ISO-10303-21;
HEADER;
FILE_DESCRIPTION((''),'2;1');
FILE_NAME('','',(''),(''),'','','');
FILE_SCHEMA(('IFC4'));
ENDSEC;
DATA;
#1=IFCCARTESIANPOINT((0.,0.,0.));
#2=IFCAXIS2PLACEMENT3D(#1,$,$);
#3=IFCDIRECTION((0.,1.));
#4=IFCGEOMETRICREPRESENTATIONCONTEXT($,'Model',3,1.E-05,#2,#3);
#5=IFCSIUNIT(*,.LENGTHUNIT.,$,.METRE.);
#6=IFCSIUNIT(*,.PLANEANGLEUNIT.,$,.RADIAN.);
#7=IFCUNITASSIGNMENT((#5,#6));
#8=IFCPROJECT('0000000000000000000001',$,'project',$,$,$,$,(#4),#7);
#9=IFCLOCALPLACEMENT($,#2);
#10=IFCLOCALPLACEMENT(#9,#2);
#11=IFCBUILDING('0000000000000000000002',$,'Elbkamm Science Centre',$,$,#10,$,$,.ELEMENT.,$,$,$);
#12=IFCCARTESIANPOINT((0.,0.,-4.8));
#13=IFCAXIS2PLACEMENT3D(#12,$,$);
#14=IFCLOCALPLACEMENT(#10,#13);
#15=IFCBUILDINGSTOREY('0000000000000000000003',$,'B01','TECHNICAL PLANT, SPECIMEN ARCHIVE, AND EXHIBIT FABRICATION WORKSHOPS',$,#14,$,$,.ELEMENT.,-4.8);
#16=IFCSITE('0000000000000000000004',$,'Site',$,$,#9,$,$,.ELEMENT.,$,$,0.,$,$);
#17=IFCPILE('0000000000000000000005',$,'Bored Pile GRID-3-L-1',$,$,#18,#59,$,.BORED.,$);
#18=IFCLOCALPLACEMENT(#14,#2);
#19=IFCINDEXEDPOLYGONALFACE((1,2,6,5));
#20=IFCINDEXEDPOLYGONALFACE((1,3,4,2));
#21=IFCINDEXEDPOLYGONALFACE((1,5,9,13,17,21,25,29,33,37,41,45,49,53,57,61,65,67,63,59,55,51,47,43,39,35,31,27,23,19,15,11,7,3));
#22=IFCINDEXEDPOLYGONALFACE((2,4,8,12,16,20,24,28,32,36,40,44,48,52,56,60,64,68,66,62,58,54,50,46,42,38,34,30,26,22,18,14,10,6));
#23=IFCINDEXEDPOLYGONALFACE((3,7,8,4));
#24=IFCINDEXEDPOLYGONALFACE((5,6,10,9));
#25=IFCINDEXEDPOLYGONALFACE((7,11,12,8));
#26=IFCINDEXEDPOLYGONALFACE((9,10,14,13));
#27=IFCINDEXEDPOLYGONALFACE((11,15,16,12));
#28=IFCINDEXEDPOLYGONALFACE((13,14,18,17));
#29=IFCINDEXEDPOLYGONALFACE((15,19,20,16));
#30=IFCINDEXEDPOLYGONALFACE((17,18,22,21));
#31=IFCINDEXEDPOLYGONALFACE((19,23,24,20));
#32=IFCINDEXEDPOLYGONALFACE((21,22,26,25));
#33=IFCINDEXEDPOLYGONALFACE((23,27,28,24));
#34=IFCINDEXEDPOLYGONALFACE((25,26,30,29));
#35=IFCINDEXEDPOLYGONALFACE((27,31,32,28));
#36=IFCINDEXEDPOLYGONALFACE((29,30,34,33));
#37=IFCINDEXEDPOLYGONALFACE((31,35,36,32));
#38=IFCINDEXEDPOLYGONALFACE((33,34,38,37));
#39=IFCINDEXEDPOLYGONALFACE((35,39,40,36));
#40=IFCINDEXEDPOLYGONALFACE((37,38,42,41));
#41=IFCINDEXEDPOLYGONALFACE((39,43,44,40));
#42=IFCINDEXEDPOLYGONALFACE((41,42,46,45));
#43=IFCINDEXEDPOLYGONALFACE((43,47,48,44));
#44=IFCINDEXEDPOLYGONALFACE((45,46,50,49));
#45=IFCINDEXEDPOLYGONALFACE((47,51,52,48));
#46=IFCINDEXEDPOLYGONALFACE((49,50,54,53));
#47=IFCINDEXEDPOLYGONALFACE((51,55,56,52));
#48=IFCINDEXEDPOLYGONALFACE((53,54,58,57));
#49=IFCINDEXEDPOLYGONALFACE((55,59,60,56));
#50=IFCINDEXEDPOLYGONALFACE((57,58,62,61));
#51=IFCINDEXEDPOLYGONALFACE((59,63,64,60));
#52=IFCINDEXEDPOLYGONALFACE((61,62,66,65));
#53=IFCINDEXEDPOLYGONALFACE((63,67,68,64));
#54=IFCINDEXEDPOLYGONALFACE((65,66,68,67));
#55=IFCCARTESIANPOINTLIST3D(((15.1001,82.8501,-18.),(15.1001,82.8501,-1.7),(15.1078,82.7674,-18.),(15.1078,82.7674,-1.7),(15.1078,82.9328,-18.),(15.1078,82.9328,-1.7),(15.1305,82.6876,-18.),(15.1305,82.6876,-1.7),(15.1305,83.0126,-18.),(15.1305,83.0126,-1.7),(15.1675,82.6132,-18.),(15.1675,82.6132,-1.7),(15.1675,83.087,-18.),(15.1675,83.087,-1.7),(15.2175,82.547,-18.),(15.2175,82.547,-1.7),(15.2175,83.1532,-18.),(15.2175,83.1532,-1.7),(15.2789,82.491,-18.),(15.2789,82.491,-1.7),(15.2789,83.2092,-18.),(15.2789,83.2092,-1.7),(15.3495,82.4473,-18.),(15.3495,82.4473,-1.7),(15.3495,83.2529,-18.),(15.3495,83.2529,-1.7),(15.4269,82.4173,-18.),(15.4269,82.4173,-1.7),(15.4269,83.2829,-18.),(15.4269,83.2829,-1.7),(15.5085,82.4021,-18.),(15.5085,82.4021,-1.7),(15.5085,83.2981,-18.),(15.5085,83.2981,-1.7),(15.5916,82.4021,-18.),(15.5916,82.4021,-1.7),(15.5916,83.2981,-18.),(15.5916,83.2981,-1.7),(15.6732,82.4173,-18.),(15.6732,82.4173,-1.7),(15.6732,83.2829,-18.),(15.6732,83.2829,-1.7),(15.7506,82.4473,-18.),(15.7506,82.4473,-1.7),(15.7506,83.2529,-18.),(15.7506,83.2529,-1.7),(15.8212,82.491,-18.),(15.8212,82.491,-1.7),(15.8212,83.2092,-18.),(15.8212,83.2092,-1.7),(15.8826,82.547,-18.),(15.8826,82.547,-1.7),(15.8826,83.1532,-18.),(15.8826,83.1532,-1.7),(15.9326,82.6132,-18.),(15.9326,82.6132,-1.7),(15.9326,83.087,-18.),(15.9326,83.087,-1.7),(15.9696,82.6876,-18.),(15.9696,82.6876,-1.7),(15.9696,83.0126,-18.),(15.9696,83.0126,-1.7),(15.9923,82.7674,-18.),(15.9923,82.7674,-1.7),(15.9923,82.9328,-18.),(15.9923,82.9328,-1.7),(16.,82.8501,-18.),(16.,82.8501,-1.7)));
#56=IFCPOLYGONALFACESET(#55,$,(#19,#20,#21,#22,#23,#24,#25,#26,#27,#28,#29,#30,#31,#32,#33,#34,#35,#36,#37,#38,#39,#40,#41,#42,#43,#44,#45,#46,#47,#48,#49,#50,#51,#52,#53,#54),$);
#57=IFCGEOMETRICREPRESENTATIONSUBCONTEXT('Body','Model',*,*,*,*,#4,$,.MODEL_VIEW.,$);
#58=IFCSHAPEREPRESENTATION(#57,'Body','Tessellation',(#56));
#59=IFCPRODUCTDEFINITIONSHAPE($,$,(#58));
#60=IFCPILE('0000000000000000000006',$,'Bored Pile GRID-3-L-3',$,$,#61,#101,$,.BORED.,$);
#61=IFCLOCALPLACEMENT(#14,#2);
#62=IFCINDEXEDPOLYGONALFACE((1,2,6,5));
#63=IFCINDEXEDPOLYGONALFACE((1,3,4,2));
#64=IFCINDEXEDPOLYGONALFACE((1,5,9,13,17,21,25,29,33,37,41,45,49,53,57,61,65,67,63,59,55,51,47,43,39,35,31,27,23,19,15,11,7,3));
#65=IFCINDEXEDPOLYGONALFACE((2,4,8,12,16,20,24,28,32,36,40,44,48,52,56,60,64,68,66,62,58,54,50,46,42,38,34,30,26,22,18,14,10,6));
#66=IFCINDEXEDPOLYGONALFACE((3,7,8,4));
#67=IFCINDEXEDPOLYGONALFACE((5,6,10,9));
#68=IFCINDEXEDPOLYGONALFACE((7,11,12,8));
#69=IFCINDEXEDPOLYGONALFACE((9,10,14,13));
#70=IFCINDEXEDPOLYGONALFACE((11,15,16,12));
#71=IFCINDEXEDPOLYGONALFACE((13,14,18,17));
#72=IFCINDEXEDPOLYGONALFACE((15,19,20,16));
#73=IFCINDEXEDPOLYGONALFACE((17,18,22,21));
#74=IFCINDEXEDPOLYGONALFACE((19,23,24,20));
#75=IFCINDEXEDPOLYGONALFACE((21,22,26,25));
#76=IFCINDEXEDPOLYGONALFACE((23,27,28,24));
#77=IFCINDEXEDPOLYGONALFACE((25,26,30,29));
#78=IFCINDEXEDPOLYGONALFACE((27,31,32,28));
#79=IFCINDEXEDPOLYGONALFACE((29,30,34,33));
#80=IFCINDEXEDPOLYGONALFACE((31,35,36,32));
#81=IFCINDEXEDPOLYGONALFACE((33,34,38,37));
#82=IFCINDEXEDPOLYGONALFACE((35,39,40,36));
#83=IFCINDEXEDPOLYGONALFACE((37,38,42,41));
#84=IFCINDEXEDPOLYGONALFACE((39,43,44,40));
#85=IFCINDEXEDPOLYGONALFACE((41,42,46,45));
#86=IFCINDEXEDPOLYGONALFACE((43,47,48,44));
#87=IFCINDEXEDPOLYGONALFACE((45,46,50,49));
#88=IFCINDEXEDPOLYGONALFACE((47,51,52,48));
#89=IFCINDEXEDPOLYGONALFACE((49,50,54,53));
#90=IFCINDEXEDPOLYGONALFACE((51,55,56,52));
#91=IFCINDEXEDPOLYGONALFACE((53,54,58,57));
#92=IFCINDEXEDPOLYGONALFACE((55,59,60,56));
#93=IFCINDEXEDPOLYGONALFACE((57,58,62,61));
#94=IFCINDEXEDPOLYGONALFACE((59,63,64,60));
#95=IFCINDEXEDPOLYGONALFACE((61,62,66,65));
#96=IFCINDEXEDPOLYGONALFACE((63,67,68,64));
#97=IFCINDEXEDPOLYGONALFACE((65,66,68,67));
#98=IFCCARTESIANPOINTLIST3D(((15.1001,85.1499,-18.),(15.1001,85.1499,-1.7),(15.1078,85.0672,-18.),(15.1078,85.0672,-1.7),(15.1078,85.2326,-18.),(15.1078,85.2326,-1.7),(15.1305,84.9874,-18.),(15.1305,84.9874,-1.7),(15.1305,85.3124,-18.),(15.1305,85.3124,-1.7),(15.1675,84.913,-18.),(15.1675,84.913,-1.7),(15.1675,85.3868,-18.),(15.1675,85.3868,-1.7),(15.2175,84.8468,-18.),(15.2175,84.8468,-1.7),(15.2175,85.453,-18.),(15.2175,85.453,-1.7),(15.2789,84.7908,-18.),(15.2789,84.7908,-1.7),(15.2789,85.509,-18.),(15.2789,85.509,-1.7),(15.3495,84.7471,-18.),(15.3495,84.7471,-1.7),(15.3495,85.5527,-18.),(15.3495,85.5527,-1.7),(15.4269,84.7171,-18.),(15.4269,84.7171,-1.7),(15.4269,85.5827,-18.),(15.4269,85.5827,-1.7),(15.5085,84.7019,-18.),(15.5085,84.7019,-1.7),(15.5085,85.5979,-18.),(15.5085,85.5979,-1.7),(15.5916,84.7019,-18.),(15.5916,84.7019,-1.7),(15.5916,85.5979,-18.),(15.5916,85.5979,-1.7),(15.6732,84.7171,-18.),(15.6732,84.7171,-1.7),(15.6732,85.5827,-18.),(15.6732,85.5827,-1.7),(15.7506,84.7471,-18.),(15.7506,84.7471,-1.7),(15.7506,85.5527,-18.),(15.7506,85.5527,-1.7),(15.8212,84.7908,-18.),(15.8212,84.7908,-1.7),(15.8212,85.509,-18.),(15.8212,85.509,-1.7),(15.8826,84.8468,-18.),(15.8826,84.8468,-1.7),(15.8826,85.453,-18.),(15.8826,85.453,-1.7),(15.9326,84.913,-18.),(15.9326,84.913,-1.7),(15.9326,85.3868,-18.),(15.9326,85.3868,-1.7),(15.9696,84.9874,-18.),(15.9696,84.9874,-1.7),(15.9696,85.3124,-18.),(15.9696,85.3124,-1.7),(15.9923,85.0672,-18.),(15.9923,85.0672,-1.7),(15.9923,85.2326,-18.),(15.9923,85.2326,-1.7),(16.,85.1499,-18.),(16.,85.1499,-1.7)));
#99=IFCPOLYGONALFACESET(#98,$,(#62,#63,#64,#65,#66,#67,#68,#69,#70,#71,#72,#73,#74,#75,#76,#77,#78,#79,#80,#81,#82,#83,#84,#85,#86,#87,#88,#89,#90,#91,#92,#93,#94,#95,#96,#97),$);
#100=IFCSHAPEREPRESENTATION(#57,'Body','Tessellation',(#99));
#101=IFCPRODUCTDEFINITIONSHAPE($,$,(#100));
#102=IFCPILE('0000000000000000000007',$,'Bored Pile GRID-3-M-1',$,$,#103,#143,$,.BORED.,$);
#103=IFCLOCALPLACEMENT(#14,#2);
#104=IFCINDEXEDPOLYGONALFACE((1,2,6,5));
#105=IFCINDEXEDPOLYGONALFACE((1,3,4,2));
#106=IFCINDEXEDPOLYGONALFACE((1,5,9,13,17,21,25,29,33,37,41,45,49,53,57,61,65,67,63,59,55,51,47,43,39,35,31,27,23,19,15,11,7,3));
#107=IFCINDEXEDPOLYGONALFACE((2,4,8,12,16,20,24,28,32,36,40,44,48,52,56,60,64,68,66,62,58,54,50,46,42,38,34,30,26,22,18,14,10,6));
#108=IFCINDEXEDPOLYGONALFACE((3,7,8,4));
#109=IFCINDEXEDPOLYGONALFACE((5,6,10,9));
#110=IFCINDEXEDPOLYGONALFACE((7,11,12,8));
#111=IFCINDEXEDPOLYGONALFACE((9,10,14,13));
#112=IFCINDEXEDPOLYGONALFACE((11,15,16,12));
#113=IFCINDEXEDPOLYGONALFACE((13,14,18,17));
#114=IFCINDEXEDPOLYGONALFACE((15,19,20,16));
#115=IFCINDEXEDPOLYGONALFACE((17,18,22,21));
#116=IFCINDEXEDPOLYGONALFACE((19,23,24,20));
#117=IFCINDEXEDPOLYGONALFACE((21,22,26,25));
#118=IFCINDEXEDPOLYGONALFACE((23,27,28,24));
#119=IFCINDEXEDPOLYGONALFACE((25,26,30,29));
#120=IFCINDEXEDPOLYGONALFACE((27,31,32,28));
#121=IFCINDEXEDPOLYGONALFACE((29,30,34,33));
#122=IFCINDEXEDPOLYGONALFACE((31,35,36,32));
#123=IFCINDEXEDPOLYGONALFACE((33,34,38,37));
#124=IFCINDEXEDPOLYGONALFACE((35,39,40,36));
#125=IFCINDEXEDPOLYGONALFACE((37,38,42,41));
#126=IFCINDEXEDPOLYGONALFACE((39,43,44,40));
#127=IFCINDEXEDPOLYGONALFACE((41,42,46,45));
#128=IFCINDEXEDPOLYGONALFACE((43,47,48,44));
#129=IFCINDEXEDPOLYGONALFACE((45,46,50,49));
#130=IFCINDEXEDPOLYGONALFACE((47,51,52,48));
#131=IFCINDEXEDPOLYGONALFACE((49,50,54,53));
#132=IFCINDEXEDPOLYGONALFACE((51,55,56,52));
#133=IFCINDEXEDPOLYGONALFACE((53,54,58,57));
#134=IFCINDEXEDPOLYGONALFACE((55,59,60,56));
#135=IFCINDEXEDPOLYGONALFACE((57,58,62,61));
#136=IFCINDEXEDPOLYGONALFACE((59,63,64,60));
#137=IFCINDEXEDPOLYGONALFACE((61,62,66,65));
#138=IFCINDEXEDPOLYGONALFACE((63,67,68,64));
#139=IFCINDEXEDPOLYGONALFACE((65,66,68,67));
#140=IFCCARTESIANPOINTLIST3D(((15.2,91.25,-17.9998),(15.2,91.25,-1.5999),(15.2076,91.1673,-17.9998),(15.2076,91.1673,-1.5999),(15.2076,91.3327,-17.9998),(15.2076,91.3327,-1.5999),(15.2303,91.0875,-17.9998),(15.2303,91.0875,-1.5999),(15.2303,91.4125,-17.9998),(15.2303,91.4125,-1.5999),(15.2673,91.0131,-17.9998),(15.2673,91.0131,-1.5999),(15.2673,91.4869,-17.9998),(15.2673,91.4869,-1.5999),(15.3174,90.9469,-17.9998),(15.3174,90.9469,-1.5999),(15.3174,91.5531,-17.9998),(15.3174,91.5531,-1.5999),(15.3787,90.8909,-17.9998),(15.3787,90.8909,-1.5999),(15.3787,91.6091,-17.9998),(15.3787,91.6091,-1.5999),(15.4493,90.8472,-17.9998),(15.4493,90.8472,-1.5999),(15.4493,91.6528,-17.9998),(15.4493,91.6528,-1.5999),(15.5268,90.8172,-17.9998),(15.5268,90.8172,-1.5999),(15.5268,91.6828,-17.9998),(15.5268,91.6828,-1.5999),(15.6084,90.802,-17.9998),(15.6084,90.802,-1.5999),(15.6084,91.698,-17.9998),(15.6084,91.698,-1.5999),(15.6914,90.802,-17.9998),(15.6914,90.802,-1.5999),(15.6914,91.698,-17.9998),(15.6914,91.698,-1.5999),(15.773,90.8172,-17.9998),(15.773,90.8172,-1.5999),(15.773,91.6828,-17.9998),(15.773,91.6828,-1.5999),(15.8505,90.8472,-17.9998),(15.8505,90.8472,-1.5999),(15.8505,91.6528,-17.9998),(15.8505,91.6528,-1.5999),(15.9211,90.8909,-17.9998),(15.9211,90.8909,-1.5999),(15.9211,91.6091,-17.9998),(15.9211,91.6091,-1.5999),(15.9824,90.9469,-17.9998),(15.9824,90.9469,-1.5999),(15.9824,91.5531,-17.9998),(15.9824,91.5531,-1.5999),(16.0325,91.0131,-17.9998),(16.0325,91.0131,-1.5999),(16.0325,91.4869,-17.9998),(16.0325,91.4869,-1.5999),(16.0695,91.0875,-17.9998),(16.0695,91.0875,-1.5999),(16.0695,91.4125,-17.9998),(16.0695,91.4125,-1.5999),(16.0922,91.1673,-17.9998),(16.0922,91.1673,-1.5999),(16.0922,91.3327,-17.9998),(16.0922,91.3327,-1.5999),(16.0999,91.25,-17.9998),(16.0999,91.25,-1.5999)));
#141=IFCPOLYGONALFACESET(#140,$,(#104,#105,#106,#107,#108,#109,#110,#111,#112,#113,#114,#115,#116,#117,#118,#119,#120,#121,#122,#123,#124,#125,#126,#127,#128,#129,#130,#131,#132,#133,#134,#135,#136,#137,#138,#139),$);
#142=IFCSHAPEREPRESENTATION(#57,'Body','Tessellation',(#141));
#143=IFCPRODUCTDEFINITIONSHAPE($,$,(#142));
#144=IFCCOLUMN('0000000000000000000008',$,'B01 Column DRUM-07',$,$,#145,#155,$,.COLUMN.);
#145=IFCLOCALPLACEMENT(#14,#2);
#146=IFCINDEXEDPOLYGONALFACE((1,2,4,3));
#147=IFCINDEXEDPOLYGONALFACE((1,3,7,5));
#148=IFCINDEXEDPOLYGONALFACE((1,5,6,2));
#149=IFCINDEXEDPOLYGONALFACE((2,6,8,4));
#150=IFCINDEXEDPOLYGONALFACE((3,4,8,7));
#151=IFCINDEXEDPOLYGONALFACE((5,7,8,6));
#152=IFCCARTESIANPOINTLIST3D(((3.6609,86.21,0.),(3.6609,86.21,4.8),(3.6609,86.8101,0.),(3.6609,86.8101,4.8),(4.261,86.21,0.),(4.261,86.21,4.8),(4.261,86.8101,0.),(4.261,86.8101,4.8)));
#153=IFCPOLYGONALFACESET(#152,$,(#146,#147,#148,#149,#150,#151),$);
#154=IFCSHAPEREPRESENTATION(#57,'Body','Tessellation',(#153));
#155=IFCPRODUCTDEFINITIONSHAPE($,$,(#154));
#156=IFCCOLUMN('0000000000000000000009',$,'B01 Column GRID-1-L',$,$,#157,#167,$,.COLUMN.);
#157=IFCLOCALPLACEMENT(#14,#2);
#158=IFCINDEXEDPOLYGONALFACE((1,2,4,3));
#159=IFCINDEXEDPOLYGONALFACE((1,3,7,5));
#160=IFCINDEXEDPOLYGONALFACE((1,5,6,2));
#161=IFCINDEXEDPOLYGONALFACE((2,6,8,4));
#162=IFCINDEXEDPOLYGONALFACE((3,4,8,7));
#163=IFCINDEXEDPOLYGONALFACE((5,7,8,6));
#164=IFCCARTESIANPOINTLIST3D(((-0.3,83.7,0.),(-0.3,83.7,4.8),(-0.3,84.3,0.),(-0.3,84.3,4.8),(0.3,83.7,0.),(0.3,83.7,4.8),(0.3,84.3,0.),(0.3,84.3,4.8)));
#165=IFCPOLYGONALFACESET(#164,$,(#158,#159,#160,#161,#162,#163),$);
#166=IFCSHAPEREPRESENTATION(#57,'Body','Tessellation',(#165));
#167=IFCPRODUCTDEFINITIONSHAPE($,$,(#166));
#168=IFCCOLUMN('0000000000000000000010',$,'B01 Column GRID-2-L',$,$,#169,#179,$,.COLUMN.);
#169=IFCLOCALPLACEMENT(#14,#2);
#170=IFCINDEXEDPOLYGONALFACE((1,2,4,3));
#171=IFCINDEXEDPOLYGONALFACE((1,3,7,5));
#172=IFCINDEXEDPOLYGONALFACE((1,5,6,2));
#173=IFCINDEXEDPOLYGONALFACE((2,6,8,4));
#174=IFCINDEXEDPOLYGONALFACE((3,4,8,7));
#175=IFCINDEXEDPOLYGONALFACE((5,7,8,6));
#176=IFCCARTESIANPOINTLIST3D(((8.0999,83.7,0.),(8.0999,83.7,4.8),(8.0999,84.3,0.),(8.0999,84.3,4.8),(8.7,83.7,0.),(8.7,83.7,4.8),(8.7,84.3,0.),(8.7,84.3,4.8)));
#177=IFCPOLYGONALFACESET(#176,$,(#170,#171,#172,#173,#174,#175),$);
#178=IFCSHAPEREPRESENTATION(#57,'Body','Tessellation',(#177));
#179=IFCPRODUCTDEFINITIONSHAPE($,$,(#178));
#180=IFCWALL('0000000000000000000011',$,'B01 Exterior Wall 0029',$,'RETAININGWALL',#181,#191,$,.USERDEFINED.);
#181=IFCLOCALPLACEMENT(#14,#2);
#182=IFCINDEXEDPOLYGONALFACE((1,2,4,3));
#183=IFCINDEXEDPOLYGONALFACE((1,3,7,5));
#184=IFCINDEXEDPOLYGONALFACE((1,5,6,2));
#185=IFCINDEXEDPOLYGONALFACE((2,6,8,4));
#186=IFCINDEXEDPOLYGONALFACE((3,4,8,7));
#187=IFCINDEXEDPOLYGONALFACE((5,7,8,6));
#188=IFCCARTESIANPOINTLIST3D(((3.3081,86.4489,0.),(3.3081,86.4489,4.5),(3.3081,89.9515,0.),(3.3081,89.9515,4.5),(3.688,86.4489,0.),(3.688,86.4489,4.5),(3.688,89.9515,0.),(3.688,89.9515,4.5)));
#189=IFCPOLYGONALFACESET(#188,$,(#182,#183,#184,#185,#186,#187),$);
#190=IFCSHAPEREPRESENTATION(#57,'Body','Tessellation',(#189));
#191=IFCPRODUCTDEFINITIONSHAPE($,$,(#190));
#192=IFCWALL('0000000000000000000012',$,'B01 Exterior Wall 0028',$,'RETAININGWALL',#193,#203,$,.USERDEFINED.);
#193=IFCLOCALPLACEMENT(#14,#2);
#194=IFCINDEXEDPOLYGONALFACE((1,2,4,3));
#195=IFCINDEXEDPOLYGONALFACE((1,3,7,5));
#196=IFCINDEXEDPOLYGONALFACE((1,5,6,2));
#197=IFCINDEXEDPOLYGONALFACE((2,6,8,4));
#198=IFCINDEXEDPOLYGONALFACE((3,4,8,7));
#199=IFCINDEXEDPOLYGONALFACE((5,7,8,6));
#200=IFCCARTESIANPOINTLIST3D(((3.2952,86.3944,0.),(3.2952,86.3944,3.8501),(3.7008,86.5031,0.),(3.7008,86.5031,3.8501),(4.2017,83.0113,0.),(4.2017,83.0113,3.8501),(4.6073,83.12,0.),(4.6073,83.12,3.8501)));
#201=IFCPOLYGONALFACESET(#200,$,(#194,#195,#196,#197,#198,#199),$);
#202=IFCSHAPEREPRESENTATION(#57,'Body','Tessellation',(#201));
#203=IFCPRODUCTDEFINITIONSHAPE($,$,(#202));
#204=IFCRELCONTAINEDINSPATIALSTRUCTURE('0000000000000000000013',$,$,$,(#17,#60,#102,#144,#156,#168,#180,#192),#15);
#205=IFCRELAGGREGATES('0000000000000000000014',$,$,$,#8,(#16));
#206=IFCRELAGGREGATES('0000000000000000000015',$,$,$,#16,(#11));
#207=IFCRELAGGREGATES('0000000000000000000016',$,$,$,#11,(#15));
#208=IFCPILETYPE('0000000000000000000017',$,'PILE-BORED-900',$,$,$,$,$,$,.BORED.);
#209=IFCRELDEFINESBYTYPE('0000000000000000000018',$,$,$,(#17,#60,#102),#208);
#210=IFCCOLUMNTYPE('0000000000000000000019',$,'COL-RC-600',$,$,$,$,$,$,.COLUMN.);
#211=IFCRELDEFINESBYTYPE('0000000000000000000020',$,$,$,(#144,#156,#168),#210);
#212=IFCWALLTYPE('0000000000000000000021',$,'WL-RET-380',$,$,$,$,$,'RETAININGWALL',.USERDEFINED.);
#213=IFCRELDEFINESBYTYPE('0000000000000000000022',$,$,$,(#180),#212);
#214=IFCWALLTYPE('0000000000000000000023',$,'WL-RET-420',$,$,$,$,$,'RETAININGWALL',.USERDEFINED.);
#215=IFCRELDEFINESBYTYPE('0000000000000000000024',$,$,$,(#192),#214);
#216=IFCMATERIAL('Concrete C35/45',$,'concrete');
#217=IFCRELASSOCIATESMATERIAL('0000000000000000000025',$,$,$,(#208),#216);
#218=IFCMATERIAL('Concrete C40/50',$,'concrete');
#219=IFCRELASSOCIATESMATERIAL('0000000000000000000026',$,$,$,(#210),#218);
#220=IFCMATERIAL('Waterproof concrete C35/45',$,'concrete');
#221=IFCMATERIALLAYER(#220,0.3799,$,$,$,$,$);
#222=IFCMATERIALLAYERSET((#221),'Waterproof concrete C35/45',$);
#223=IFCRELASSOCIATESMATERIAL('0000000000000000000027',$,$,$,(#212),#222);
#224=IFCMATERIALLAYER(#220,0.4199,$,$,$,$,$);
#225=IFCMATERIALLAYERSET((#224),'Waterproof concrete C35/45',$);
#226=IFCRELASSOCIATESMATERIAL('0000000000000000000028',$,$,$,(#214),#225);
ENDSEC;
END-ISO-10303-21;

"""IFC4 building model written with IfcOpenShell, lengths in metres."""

from ifc_helpers import new_model, si_unit, direction, frame, frame_2d, origin, origin_2d, place, context, subcontext, project, spatial, rectangle, circle, extrude, material, layer, layer_set, material_profile, profile_set, type_object, element, save


model = new_model("IFC4")

# Units and contexts
model_context = context("Model", 3, precision=1e-05, world=origin(), true_north=direction((0.0, 1.0)))
body_context = subcontext(model_context, "Body", "Model", "MODEL_VIEW")
ifc_project = project(units=[si_unit("LENGTHUNIT", "METRE"), si_unit("PLANEANGLEUNIT", "RADIAN")], contexts=[model_context])

# Site, building, storey
site_placement = place(None, origin())
site = spatial("IfcSite", under=ifc_project, at=site_placement, Name="Site", CompositionType="ELEMENT", RefElevation=0.0)
building_placement = place(site_placement, origin())
building = spatial("IfcBuilding", under=site, at=building_placement, Name="Elbkamm Science Centre", CompositionType="ELEMENT")
storey_placement = place(building_placement, frame((0.0, 0.0, -4.8)))
storey = spatial("IfcBuildingStorey", under=building, at=storey_placement, Name="B01", Description="TECHNICAL PLANT, SPECIMEN ARCHIVE, AND EXHIBIT FABRICATION WORKSHOPS", CompositionType="ELEMENT", Elevation=-4.8)

# Shared definitions
ifc_material_1 = material(Name="Concrete C35/45", Category="concrete")

# Piles
ifc_material_profile_1 = material_profile(ifc_material_1, circle(Radius=0.45, at=origin_2d()), Name="PILE D900")
ifc_profile_set_1 = profile_set([ifc_material_profile_1], Name="Concrete C35/45")
pile_type = type_object("IfcPileType", Name="PILE-BORED-900", PredefinedType="BORED", material=ifc_profile_set_1)
for number, where, z_axis, x_axis, name in (
    (1, (15.55, 82.8501, -1.7), (0.0, 0.0, -1.0), (1.0, 0.0, 0.0), "Bored Pile GRID-3-L-1"),
    (2, (15.55, 85.1499, -1.7), (0.0, 0.0, -1.0), (1.0, 0.0, 0.0), "Bored Pile GRID-3-L-3"),
):
    element("IfcPile", number, at=place(storey_placement, frame(where, z_axis=z_axis, x_axis=x_axis)), inside=storey, type_object=pile_type, Name=name, PredefinedType="BORED", context=body_context, shape_type="SweptSolid", body=[
        extrude(circle(Radius=0.45, at=origin_2d()), origin(), (0.0, 0.0, 1.0), 16.3),
    ])
pile_1_placement = place(storey_placement, frame((15.6499, 91.25, -1.5999), z_axis=(0.0, 0.0, -1.0), x_axis=(1.0, 0.0, 0.0)))
element("IfcPile", 3, at=pile_1_placement, inside=storey, type_object=pile_type, Name="Bored Pile GRID-3-M-1", PredefinedType="BORED", context=body_context, shape_type="SweptSolid", body=[
    extrude(circle(Radius=0.45, at=origin_2d()), origin(), (0.0, 0.0, 1.0), 16.3999),
])

# Columns
ifc_material_2 = material(Name="Concrete C40/50", Category="concrete")
ifc_material_profile_2 = material_profile(ifc_material_2, rectangle(XDim=0.6001, YDim=0.6001, at=origin_2d()), Name="RC 600x600")
ifc_profile_set_2 = profile_set([ifc_material_profile_2], Name="Concrete C40/50")
column_type = type_object("IfcColumnType", Name="COL-RC-600", PredefinedType="COLUMN", material=ifc_profile_set_2)
for number, where, z_axis, x_axis, name in (
    (4, (3.9609, 86.51, 0.0), (0.0, 0.0, 1.0), (1.0, 0.0, 0.0), "B01 Column DRUM-07"),
    (5, (0.0, 84.0, 0.0), (0.0, 0.0, 1.0), (1.0, 0.0, 0.0), "B01 Column GRID-1-L"),
    (6, (8.3999, 84.0, 0.0), (0.0, 0.0, 1.0), (1.0, 0.0, 0.0), "B01 Column GRID-2-L"),
):
    element("IfcColumn", number, at=place(storey_placement, frame(where, z_axis=z_axis, x_axis=x_axis)), inside=storey, type_object=column_type, Name=name, PredefinedType="COLUMN", context=body_context, shape_type="SweptSolid", body=[
        extrude(rectangle(XDim=0.6001, YDim=0.6001, at=origin_2d()), origin(), (0.0, 0.0, 1.0), 4.8),
    ])

# Walls
ifc_material_3 = material(Name="Waterproof concrete C35/45", Category="concrete")
ifc_layer_1 = layer(ifc_material_3, 0.3799)
ifc_layer_set_1 = layer_set([ifc_layer_1], Name="Waterproof concrete C35/45")
wall_type_1 = type_object("IfcWallType", Name="WL-RET-380", ElementType="RETAININGWALL", PredefinedType="USERDEFINED", material=ifc_layer_set_1)
wall_1_placement = place(storey_placement, frame((3.498, 86.4487, 0.0), z_axis=(0.0, 0.0, 1.0), x_axis=(0.0, 1.0, 0.0)))
element("IfcWall", 7, at=wall_1_placement, inside=storey, type_object=wall_type_1, Name="B01 Exterior Wall 0029", ObjectType="RETAININGWALL", PredefinedType="USERDEFINED", context=body_context, shape_type="SweptSolid", body=[
    extrude(rectangle(XDim=3.5027, YDim=0.3799, at=frame_2d((1.7515, 0.0))), origin(), (0.0, 0.0, 1.0), 4.5),
])
ifc_layer_2 = layer(ifc_material_3, 0.4199)
ifc_layer_set_2 = layer_set([ifc_layer_2], Name="Waterproof concrete C35/45")
wall_type_2 = type_object("IfcWallType", Name="WL-RET-420", ElementType="RETAININGWALL", PredefinedType="USERDEFINED", material=ifc_layer_set_2)
wall_2_placement = place(storey_placement, frame((4.4045, 83.0657, 0.0), z_axis=(0.0, 0.0, 1.0), x_axis=(-0.258821, 0.965925, 0.0)))
element("IfcWall", 8, at=wall_2_placement, inside=storey, type_object=wall_type_2, Name="B01 Exterior Wall 0028", ObjectType="RETAININGWALL", PredefinedType="USERDEFINED", context=body_context, shape_type="SweptSolid", body=[
    extrude(rectangle(XDim=3.5024, YDim=0.4199, at=frame_2d((1.7512, 0.0))), origin(), (0.0, 0.0, 1.0), 3.8501),
])

save(model, "model.ifc")
